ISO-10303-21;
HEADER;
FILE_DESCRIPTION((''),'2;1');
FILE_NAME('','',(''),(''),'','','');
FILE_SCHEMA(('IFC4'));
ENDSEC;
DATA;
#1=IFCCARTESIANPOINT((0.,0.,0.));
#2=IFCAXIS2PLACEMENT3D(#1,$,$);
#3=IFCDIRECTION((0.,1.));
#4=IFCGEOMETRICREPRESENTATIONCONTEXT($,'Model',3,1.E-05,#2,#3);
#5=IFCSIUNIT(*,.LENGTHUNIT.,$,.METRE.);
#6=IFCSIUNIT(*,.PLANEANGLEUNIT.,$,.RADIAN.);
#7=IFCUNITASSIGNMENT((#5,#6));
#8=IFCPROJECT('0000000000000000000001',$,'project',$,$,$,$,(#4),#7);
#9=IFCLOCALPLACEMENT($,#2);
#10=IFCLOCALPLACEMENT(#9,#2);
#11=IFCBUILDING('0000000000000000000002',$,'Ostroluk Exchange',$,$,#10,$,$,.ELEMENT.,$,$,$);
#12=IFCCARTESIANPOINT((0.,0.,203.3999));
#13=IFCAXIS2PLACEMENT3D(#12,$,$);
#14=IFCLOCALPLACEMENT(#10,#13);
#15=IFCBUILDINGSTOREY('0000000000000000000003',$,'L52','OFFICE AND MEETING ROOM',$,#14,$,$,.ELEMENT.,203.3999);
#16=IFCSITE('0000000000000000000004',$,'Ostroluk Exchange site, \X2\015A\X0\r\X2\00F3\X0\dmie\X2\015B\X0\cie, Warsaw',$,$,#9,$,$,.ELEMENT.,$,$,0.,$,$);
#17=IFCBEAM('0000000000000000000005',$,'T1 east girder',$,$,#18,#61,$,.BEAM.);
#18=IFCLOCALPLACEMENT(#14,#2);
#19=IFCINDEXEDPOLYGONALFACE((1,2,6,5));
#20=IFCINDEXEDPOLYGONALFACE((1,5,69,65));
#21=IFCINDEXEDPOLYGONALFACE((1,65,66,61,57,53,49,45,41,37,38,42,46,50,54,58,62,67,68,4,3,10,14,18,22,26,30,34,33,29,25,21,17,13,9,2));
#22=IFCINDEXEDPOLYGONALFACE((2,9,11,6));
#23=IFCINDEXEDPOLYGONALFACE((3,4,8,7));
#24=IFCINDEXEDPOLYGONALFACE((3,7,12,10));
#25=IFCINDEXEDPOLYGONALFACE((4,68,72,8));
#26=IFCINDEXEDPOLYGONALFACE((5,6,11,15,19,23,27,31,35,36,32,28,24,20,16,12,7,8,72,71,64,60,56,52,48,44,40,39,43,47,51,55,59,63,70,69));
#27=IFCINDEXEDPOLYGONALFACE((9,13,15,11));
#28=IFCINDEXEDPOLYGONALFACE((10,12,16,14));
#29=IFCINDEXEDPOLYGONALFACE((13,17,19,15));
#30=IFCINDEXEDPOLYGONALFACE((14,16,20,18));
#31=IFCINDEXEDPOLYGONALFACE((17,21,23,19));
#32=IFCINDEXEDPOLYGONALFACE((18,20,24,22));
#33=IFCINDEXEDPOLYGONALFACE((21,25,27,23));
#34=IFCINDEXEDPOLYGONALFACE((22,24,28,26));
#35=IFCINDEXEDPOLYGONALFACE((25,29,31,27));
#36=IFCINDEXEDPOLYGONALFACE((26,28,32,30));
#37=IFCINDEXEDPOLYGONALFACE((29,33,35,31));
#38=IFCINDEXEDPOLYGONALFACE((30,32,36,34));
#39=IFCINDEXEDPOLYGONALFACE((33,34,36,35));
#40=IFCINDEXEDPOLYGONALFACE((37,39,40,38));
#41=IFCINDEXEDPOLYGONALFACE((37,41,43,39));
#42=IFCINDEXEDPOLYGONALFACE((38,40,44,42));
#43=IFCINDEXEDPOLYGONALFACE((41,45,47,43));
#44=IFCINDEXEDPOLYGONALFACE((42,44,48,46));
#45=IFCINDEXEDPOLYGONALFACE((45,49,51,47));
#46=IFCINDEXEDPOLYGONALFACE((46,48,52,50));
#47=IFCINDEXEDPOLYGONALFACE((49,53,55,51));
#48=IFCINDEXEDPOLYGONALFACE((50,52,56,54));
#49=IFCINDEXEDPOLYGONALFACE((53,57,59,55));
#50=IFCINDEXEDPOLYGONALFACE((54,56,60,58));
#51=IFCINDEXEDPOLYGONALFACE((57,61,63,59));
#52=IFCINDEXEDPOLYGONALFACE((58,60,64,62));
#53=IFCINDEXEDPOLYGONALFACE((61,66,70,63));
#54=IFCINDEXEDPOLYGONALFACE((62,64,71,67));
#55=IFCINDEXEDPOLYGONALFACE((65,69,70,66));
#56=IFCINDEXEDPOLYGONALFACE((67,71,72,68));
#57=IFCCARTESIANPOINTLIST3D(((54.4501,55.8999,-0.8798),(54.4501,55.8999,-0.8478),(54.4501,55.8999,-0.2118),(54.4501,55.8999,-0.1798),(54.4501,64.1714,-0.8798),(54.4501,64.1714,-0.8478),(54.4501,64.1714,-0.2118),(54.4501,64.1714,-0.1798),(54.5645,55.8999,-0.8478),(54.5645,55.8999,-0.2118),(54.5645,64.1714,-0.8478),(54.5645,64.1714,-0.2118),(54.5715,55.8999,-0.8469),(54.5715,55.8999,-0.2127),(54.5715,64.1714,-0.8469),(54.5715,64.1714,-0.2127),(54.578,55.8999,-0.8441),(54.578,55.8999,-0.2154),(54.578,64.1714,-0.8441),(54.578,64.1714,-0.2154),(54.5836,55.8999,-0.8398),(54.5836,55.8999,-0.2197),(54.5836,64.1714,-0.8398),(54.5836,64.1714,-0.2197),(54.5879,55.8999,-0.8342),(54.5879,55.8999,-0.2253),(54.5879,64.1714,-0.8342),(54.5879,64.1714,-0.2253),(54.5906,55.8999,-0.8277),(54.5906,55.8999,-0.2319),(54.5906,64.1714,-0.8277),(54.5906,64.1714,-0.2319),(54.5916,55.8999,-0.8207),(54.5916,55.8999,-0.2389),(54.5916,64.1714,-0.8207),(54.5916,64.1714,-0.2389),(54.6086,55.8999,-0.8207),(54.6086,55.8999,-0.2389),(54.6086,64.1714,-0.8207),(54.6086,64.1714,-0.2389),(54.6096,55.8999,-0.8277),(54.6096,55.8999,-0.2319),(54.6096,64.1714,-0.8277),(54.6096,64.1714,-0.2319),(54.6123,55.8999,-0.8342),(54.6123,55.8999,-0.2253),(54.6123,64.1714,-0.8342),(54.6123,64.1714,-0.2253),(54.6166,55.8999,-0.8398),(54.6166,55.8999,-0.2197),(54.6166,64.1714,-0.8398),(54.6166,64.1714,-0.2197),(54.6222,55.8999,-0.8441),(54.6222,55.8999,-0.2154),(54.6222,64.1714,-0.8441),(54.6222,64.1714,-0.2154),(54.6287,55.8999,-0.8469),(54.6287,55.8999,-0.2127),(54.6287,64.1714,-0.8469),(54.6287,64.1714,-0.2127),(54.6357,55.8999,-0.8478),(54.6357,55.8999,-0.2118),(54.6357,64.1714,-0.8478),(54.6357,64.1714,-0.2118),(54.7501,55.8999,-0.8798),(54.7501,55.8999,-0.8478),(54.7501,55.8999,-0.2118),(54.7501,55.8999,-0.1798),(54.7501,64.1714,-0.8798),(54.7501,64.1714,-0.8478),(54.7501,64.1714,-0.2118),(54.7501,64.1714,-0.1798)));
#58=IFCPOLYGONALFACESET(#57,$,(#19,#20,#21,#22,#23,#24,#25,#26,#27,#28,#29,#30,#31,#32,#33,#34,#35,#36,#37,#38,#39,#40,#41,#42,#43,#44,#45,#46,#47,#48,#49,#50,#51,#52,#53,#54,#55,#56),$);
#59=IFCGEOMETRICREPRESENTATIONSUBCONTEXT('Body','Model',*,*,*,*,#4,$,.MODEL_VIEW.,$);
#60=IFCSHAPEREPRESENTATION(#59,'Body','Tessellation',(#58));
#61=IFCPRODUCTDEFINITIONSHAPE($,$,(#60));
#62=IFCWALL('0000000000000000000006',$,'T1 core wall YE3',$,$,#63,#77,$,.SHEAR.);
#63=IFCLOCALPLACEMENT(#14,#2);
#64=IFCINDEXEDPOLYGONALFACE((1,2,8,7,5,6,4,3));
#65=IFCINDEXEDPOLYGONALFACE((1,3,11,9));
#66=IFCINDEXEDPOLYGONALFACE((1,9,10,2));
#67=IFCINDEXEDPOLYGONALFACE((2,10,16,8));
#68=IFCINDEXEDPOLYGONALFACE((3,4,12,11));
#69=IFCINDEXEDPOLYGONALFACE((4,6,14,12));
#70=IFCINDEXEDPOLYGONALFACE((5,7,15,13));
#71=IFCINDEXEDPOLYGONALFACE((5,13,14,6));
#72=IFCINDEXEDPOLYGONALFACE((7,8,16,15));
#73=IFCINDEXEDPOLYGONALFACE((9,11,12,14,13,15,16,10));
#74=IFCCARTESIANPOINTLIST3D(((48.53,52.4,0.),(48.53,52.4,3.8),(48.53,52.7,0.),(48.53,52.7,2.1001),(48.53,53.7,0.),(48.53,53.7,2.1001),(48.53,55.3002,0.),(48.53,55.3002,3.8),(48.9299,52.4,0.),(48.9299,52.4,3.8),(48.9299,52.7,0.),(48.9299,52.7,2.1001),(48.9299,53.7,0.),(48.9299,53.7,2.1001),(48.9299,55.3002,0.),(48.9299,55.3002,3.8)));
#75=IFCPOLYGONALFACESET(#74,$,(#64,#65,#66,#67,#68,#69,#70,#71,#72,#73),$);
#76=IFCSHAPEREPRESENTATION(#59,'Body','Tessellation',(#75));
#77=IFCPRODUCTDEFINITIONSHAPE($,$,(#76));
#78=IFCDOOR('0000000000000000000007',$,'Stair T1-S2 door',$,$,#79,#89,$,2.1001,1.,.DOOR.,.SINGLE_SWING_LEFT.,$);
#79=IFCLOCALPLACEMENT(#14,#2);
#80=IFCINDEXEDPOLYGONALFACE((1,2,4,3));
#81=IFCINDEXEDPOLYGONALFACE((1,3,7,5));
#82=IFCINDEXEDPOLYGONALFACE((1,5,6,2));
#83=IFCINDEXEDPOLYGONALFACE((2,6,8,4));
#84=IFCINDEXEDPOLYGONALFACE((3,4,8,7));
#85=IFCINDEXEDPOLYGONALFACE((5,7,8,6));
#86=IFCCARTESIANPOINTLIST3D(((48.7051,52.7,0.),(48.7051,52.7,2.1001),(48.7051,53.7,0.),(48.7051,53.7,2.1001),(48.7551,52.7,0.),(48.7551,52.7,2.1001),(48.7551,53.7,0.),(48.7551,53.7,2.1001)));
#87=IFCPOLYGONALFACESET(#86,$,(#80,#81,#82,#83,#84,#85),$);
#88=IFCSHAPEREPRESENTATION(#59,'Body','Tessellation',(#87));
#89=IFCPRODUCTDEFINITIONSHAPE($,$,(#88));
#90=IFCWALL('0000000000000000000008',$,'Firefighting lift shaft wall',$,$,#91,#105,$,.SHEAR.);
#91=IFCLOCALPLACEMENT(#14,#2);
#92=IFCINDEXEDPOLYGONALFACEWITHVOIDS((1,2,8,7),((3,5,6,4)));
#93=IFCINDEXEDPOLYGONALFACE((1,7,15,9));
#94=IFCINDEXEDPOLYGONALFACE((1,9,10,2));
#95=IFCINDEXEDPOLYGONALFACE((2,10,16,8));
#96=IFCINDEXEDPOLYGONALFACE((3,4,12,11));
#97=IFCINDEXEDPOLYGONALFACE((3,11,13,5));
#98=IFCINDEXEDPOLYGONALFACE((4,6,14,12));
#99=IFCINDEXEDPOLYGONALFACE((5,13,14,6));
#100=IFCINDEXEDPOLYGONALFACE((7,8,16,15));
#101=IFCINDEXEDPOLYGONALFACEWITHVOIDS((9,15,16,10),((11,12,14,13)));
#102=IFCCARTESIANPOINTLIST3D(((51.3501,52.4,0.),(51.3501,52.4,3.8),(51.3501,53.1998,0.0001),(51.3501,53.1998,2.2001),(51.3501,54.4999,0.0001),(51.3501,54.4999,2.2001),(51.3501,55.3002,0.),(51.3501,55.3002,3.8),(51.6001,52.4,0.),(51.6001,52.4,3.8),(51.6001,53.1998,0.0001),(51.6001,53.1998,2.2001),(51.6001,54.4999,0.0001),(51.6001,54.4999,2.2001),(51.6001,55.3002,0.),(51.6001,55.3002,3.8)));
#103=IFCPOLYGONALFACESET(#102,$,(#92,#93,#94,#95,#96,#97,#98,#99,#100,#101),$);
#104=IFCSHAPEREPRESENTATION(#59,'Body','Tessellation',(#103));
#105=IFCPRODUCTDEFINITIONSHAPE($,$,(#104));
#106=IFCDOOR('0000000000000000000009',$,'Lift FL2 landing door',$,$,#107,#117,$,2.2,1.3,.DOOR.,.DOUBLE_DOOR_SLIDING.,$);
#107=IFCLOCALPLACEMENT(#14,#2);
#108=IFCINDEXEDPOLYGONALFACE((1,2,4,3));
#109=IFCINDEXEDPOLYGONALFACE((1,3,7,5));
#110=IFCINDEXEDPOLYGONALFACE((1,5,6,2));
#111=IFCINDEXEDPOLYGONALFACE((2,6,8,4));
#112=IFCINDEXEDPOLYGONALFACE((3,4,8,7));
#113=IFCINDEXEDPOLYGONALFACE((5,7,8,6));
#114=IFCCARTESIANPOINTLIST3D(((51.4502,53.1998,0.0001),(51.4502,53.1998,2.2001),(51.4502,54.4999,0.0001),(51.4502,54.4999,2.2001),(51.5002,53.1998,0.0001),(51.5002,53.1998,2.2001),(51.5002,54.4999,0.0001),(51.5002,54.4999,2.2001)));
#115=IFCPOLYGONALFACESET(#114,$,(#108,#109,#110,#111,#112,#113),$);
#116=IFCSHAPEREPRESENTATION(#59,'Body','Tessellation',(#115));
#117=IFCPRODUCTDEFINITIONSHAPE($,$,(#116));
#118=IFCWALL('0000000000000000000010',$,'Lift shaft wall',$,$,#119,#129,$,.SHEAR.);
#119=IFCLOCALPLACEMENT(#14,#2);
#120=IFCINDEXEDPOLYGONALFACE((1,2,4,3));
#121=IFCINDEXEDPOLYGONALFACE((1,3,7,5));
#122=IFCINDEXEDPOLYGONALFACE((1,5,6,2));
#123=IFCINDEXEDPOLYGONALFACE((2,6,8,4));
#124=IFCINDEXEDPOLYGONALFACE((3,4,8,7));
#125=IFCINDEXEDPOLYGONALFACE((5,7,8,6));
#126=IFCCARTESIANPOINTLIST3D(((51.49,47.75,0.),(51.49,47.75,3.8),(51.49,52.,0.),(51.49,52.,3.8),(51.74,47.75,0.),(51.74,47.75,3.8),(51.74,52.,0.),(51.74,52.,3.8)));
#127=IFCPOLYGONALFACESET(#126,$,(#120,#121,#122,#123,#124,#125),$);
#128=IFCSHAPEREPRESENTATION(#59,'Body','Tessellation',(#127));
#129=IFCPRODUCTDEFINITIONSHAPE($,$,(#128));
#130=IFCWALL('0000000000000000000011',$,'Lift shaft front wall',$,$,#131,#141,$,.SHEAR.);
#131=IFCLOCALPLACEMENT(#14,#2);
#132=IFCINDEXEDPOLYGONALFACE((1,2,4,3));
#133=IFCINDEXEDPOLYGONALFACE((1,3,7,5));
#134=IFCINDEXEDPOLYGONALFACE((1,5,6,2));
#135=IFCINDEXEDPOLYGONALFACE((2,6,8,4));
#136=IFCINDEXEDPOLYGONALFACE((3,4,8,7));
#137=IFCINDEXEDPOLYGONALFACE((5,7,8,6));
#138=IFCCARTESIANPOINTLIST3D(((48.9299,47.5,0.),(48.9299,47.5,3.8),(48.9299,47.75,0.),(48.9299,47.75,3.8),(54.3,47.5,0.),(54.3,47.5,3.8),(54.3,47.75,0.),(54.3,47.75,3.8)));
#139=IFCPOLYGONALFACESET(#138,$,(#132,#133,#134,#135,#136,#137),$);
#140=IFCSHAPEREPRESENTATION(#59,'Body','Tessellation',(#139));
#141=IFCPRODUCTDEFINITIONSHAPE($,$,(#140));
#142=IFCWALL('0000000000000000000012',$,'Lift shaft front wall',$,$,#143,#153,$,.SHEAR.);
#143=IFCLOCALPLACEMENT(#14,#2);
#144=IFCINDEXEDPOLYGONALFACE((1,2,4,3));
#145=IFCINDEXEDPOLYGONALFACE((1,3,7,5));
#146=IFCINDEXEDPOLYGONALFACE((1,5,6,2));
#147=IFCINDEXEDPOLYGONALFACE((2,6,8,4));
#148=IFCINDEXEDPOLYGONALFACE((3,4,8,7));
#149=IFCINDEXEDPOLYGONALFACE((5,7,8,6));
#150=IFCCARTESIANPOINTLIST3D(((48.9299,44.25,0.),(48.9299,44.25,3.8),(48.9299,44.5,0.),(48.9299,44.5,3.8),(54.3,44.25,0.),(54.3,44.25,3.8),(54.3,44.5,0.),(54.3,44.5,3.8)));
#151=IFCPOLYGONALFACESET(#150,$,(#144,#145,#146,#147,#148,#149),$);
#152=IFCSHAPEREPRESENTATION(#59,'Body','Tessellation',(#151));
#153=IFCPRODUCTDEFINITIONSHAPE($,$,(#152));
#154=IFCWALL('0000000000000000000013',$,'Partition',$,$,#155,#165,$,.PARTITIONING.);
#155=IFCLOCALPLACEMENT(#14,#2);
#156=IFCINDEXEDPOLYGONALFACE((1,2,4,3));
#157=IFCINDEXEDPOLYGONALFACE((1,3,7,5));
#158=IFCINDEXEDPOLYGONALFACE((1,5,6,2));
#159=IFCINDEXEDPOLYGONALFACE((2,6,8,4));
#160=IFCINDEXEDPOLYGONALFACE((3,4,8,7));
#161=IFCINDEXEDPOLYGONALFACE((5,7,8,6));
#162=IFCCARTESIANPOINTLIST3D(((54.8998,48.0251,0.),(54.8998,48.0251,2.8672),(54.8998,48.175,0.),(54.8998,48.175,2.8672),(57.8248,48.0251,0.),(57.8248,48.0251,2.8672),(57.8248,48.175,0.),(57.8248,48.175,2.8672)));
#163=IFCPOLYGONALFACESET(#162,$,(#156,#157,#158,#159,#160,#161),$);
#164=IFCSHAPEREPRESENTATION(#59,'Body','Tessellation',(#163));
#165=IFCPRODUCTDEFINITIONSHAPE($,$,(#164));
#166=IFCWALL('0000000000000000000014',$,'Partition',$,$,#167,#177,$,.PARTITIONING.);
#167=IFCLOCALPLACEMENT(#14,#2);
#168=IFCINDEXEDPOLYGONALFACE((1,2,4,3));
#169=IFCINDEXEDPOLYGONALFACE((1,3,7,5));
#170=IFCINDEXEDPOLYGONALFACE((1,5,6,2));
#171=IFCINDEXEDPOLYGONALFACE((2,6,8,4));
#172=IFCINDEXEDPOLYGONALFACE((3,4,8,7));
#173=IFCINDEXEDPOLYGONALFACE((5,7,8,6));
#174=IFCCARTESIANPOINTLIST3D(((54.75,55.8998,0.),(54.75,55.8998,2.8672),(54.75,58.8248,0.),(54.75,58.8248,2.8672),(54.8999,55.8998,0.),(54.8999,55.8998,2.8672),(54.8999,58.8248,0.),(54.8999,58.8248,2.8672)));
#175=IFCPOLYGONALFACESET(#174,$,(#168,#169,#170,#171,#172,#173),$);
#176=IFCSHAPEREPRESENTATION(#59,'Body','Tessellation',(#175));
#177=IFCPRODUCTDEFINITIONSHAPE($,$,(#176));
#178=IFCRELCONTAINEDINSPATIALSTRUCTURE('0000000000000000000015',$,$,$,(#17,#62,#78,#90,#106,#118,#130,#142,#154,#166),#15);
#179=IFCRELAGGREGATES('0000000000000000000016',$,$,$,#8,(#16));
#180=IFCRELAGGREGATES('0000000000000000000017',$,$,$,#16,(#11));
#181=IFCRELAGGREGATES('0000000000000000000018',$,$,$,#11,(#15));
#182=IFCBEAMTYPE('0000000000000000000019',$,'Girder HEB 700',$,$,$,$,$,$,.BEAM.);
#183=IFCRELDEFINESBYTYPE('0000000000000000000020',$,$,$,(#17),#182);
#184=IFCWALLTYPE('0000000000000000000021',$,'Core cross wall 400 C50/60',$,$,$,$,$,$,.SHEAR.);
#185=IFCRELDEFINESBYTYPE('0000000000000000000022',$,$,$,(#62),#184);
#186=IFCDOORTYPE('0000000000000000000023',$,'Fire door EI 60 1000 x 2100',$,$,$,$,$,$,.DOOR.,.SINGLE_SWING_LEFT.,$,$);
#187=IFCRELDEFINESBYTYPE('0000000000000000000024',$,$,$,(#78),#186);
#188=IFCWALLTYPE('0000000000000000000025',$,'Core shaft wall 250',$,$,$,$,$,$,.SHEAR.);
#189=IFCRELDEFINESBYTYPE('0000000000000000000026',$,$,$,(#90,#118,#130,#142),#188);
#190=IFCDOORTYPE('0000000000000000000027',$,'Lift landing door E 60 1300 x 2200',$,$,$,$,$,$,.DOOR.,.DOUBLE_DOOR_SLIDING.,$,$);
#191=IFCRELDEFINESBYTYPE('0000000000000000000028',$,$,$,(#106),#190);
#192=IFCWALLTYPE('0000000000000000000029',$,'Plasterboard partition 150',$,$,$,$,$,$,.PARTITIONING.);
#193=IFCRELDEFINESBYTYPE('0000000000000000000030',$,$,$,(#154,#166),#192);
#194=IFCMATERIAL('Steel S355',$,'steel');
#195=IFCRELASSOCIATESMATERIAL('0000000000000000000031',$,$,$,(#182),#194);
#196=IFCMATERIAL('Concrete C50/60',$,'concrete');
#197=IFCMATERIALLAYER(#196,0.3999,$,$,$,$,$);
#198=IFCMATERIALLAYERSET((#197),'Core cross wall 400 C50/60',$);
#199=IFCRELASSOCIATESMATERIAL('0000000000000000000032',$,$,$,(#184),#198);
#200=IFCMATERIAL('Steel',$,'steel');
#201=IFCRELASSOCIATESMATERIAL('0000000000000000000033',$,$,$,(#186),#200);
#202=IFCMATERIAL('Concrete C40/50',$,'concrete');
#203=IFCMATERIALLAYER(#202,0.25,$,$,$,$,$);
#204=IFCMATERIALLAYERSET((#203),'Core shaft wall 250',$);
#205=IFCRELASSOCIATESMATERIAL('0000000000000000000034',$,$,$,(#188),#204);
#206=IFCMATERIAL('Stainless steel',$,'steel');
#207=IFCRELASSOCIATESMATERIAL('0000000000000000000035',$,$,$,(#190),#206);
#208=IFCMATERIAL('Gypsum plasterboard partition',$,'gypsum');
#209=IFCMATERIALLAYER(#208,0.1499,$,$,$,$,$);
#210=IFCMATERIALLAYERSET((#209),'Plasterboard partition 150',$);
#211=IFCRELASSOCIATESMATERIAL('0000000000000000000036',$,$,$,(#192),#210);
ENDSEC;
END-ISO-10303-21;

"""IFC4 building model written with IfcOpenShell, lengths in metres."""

from ifc_helpers import new_model, si_unit, direction, frame, frame_2d, origin, origin_2d, place, context, subcontext, project, spatial, rectangle, i_section, extrude, material, layer, layer_set, material_profile, profile_set, type_object, element, fill, save


model = new_model("IFC4")

# Units and contexts
model_context = context("Model", 3, precision=1e-05, world=origin(), true_north=direction((0.0, 1.0)))
body_context = subcontext(model_context, "Body", "Model", "MODEL_VIEW")
ifc_project = project(units=[si_unit("LENGTHUNIT", "METRE"), si_unit("PLANEANGLEUNIT", "RADIAN")], contexts=[model_context])

# Site, building, storey
site_placement = place(None, origin())
site = spatial("IfcSite", under=ifc_project, at=site_placement, Name="Ostroluk Exchange site, Śródmieście, Warsaw", CompositionType="ELEMENT", RefElevation=0.0)
building_placement = place(site_placement, origin())
building = spatial("IfcBuilding", under=site, at=building_placement, Name="Ostroluk Exchange", CompositionType="ELEMENT")
storey_placement = place(building_placement, frame((0.0, 0.0, 203.3999)))
storey = spatial("IfcBuildingStorey", under=building, at=storey_placement, Name="L52", Description="OFFICE AND MEETING ROOM", CompositionType="ELEMENT", Elevation=203.3999)

# Beam
ifc_material_1 = material(Name="Steel S355", Category="steel")
ifc_material_profile_1 = material_profile(ifc_material_1, i_section(OverallWidth=0.3, OverallDepth=0.7, WebThickness=0.0171, FlangeThickness=0.032, FilletRadius=0.0271, at=origin_2d()), Name="HEB 700")
ifc_profile_set_1 = profile_set([ifc_material_profile_1], Name="Steel S355")
beam_type_1 = type_object("IfcBeamType", Name="Girder HEB 700", PredefinedType="BEAM", material=ifc_profile_set_1)
beam_1_placement = place(storey_placement, frame((54.6001, 55.8999, -0.5298), z_axis=(0.0, 1.0, 0.0), x_axis=(-1.0, 0.0, 0.0)))
element("IfcBeam", 1, at=beam_1_placement, inside=storey, type_object=beam_type_1, Name="T1 east girder", PredefinedType="BEAM", context=body_context, shape_type="SweptSolid", body=[
    extrude(i_section(OverallWidth=0.3, OverallDepth=0.7, WebThickness=0.0171, FlangeThickness=0.032, FilletRadius=0.0271, at=origin_2d()), origin(), (0.0, 0.0, 1.0), 8.2715),
])

# Walls, openings, doors
ifc_material_2 = material(Name="Concrete C50/60", Category="concrete")
ifc_layer_1 = layer(ifc_material_2, 0.3999)
ifc_layer_set_1 = layer_set([ifc_layer_1], Name="Core cross wall 400 C50/60")
wall_type_1 = type_object("IfcWallType", Name="Core cross wall 400 C50/60", PredefinedType="SHEAR", material=ifc_layer_set_1)
wall_1_placement = place(storey_placement, frame((48.73, 52.3999, 0.0), z_axis=(0.0, 0.0, 1.0), x_axis=(0.0, 1.0, 0.0)))
wall_1 = element("IfcWall", 2, at=wall_1_placement, inside=storey, type_object=wall_type_1, Name="T1 core wall YE3", PredefinedType="SHEAR", context=body_context, shape_type="SweptSolid", body=[
    extrude(rectangle(XDim=2.9001, YDim=0.3999, at=frame_2d((1.4502, 0.0))), origin(), (0.0, 0.0, 1.0), 3.8),
])
opening_1_placement = place(wall_1_placement, frame((0.3, 0.0, 0.0)))
opening_1 = element("IfcOpeningElement", 3, at=opening_1_placement, cuts=wall_1, PredefinedType="OPENING", context=body_context, shape_type="SweptSolid", body=[
    extrude(rectangle(XDim=1.0, YDim=2.1001, at=frame_2d((0.5, 1.05))), frame((0.0, 0.21, 0.0), z_axis=(0.0, -1.0, 0.0), x_axis=(1.0, 0.0, 0.0)), (0.0, 0.0, 1.0), 0.4199),
])
ifc_material_3 = material(Name="Steel", Category="steel")
door_type_1 = type_object("IfcDoorType", Name="Fire door EI 60 1000 x 2100", OperationType="SINGLE_SWING_LEFT", PredefinedType="DOOR", material=ifc_material_3)
door_1_placement = place(opening_1_placement, origin())
door_1 = element("IfcDoor", 4, at=door_1_placement, inside=storey, type_object=door_type_1, Name="Stair T1-S2 door", OperationType="SINGLE_SWING_LEFT", OverallHeight=2.1001, OverallWidth=1.0, PredefinedType="DOOR", context=body_context, shape_type="SweptSolid", body=[
    extrude(rectangle(XDim=1.0, YDim=2.1001, at=frame_2d((0.5, 1.05))), frame((0.0, 0.0249, 0.0), z_axis=(0.0, -1.0, 0.0), x_axis=(1.0, 0.0, 0.0)), (0.0, 0.0, 1.0), 0.05),
])
fill(opening_1, door_1)
ifc_material_4 = material(Name="Concrete C40/50", Category="concrete")
ifc_layer_2 = layer(ifc_material_4, 0.25)
ifc_layer_set_2 = layer_set([ifc_layer_2], Name="Core shaft wall 250")
wall_type_2 = type_object("IfcWallType", Name="Core shaft wall 250", PredefinedType="SHEAR", material=ifc_layer_set_2)
wall_2_placement = place(storey_placement, frame((51.4751, 52.3999, 0.0), z_axis=(0.0, 0.0, 1.0), x_axis=(0.0, 1.0, 0.0)))
wall_2 = element("IfcWall", 5, at=wall_2_placement, inside=storey, type_object=wall_type_2, Name="Firefighting lift shaft wall", PredefinedType="SHEAR", context=body_context, shape_type="SweptSolid", body=[
    extrude(rectangle(XDim=2.9001, YDim=0.25, at=frame_2d((1.4502, 0.0))), origin(), (0.0, 0.0, 1.0), 3.8),
])
opening_2_placement = place(wall_2_placement, frame((0.8, 0.0, 0.0)))
opening_2 = element("IfcOpeningElement", 6, at=opening_2_placement, cuts=wall_2, PredefinedType="OPENING", context=body_context, shape_type="SweptSolid", body=[
    extrude(rectangle(XDim=1.3, YDim=2.2, at=frame_2d((0.6499, 1.1001))), frame((0.0, 0.135, 0.0), z_axis=(0.0, -1.0, 0.0), x_axis=(1.0, 0.0, 0.0)), (0.0, 0.0, 1.0), 0.27),
])
ifc_material_5 = material(Name="Stainless steel", Category="steel")
door_type_2 = type_object("IfcDoorType", Name="Lift landing door E 60 1300 x 2200", OperationType="DOUBLE_DOOR_SLIDING", PredefinedType="DOOR", material=ifc_material_5)
door_2_placement = place(opening_2_placement, origin())
door_2 = element("IfcDoor", 7, at=door_2_placement, inside=storey, type_object=door_type_2, Name="Lift FL2 landing door", OperationType="DOUBLE_DOOR_SLIDING", OverallHeight=2.2, OverallWidth=1.3, PredefinedType="DOOR", context=body_context, shape_type="SweptSolid", body=[
    extrude(rectangle(XDim=1.3, YDim=2.2, at=frame_2d((0.6499, 1.1001))), frame((0.0, 0.0249, 0.0), z_axis=(0.0, -1.0, 0.0), x_axis=(1.0, 0.0, 0.0)), (0.0, 0.0, 1.0), 0.05),
])
fill(opening_2, door_2)

# Walls
wall_3_placement = place(storey_placement, frame((51.615, 47.75, 0.0), z_axis=(0.0, 0.0, 1.0), x_axis=(0.0, 1.0, 0.0)))
element("IfcWall", 8, at=wall_3_placement, inside=storey, type_object=wall_type_2, Name="Lift shaft wall", PredefinedType="SHEAR", context=body_context, shape_type="SweptSolid", body=[
    extrude(rectangle(XDim=4.25, YDim=0.25, at=frame_2d((2.125, 0.0))), origin(), (0.0, 0.0, 1.0), 3.8),
])
for number, where, z_axis, x_axis, name in (
    (9, (48.9299, 47.625, 0.0), (0.0, 0.0, 1.0), (1.0, 0.0, 0.0), "Lift shaft front wall"),
    (10, (48.9299, 44.375, 0.0), (0.0, 0.0, 1.0), (1.0, 0.0, 0.0), "Lift shaft front wall"),
):
    element("IfcWall", number, at=place(storey_placement, frame(where, z_axis=z_axis, x_axis=x_axis)), inside=storey, type_object=wall_type_2, Name=name, PredefinedType="SHEAR", context=body_context, shape_type="SweptSolid", body=[
        extrude(rectangle(XDim=5.3701, YDim=0.25, at=frame_2d((2.6851, 0.0))), origin(), (0.0, 0.0, 1.0), 3.8),
    ])
ifc_material_6 = material(Name="Gypsum plasterboard partition", Category="gypsum")
ifc_layer_3 = layer(ifc_material_6, 0.1499)
ifc_layer_set_3 = layer_set([ifc_layer_3], Name="Plasterboard partition 150")
wall_type_3 = type_object("IfcWallType", Name="Plasterboard partition 150", PredefinedType="PARTITIONING", material=ifc_layer_set_3)
for number, where, z_axis, x_axis, name in (
    (11, (54.8999, 48.1001, 0.0), (0.0, 0.0, 1.0), (1.0, 0.0, 0.0), "Partition"),
    (12, (54.825, 55.8999, 0.0), (0.0, 0.0, 1.0), (0.0, 1.0, 0.0), "Partition"),
):
    element("IfcWall", number, at=place(storey_placement, frame(where, z_axis=z_axis, x_axis=x_axis)), inside=storey, type_object=wall_type_3, Name=name, PredefinedType="PARTITIONING", context=body_context, shape_type="SweptSolid", body=[
        extrude(rectangle(XDim=2.925, YDim=0.1499, at=frame_2d((1.4624, 0.0))), origin(), (0.0, 0.0, 1.0), 2.8672),
    ])

save(model, "model.ifc")
